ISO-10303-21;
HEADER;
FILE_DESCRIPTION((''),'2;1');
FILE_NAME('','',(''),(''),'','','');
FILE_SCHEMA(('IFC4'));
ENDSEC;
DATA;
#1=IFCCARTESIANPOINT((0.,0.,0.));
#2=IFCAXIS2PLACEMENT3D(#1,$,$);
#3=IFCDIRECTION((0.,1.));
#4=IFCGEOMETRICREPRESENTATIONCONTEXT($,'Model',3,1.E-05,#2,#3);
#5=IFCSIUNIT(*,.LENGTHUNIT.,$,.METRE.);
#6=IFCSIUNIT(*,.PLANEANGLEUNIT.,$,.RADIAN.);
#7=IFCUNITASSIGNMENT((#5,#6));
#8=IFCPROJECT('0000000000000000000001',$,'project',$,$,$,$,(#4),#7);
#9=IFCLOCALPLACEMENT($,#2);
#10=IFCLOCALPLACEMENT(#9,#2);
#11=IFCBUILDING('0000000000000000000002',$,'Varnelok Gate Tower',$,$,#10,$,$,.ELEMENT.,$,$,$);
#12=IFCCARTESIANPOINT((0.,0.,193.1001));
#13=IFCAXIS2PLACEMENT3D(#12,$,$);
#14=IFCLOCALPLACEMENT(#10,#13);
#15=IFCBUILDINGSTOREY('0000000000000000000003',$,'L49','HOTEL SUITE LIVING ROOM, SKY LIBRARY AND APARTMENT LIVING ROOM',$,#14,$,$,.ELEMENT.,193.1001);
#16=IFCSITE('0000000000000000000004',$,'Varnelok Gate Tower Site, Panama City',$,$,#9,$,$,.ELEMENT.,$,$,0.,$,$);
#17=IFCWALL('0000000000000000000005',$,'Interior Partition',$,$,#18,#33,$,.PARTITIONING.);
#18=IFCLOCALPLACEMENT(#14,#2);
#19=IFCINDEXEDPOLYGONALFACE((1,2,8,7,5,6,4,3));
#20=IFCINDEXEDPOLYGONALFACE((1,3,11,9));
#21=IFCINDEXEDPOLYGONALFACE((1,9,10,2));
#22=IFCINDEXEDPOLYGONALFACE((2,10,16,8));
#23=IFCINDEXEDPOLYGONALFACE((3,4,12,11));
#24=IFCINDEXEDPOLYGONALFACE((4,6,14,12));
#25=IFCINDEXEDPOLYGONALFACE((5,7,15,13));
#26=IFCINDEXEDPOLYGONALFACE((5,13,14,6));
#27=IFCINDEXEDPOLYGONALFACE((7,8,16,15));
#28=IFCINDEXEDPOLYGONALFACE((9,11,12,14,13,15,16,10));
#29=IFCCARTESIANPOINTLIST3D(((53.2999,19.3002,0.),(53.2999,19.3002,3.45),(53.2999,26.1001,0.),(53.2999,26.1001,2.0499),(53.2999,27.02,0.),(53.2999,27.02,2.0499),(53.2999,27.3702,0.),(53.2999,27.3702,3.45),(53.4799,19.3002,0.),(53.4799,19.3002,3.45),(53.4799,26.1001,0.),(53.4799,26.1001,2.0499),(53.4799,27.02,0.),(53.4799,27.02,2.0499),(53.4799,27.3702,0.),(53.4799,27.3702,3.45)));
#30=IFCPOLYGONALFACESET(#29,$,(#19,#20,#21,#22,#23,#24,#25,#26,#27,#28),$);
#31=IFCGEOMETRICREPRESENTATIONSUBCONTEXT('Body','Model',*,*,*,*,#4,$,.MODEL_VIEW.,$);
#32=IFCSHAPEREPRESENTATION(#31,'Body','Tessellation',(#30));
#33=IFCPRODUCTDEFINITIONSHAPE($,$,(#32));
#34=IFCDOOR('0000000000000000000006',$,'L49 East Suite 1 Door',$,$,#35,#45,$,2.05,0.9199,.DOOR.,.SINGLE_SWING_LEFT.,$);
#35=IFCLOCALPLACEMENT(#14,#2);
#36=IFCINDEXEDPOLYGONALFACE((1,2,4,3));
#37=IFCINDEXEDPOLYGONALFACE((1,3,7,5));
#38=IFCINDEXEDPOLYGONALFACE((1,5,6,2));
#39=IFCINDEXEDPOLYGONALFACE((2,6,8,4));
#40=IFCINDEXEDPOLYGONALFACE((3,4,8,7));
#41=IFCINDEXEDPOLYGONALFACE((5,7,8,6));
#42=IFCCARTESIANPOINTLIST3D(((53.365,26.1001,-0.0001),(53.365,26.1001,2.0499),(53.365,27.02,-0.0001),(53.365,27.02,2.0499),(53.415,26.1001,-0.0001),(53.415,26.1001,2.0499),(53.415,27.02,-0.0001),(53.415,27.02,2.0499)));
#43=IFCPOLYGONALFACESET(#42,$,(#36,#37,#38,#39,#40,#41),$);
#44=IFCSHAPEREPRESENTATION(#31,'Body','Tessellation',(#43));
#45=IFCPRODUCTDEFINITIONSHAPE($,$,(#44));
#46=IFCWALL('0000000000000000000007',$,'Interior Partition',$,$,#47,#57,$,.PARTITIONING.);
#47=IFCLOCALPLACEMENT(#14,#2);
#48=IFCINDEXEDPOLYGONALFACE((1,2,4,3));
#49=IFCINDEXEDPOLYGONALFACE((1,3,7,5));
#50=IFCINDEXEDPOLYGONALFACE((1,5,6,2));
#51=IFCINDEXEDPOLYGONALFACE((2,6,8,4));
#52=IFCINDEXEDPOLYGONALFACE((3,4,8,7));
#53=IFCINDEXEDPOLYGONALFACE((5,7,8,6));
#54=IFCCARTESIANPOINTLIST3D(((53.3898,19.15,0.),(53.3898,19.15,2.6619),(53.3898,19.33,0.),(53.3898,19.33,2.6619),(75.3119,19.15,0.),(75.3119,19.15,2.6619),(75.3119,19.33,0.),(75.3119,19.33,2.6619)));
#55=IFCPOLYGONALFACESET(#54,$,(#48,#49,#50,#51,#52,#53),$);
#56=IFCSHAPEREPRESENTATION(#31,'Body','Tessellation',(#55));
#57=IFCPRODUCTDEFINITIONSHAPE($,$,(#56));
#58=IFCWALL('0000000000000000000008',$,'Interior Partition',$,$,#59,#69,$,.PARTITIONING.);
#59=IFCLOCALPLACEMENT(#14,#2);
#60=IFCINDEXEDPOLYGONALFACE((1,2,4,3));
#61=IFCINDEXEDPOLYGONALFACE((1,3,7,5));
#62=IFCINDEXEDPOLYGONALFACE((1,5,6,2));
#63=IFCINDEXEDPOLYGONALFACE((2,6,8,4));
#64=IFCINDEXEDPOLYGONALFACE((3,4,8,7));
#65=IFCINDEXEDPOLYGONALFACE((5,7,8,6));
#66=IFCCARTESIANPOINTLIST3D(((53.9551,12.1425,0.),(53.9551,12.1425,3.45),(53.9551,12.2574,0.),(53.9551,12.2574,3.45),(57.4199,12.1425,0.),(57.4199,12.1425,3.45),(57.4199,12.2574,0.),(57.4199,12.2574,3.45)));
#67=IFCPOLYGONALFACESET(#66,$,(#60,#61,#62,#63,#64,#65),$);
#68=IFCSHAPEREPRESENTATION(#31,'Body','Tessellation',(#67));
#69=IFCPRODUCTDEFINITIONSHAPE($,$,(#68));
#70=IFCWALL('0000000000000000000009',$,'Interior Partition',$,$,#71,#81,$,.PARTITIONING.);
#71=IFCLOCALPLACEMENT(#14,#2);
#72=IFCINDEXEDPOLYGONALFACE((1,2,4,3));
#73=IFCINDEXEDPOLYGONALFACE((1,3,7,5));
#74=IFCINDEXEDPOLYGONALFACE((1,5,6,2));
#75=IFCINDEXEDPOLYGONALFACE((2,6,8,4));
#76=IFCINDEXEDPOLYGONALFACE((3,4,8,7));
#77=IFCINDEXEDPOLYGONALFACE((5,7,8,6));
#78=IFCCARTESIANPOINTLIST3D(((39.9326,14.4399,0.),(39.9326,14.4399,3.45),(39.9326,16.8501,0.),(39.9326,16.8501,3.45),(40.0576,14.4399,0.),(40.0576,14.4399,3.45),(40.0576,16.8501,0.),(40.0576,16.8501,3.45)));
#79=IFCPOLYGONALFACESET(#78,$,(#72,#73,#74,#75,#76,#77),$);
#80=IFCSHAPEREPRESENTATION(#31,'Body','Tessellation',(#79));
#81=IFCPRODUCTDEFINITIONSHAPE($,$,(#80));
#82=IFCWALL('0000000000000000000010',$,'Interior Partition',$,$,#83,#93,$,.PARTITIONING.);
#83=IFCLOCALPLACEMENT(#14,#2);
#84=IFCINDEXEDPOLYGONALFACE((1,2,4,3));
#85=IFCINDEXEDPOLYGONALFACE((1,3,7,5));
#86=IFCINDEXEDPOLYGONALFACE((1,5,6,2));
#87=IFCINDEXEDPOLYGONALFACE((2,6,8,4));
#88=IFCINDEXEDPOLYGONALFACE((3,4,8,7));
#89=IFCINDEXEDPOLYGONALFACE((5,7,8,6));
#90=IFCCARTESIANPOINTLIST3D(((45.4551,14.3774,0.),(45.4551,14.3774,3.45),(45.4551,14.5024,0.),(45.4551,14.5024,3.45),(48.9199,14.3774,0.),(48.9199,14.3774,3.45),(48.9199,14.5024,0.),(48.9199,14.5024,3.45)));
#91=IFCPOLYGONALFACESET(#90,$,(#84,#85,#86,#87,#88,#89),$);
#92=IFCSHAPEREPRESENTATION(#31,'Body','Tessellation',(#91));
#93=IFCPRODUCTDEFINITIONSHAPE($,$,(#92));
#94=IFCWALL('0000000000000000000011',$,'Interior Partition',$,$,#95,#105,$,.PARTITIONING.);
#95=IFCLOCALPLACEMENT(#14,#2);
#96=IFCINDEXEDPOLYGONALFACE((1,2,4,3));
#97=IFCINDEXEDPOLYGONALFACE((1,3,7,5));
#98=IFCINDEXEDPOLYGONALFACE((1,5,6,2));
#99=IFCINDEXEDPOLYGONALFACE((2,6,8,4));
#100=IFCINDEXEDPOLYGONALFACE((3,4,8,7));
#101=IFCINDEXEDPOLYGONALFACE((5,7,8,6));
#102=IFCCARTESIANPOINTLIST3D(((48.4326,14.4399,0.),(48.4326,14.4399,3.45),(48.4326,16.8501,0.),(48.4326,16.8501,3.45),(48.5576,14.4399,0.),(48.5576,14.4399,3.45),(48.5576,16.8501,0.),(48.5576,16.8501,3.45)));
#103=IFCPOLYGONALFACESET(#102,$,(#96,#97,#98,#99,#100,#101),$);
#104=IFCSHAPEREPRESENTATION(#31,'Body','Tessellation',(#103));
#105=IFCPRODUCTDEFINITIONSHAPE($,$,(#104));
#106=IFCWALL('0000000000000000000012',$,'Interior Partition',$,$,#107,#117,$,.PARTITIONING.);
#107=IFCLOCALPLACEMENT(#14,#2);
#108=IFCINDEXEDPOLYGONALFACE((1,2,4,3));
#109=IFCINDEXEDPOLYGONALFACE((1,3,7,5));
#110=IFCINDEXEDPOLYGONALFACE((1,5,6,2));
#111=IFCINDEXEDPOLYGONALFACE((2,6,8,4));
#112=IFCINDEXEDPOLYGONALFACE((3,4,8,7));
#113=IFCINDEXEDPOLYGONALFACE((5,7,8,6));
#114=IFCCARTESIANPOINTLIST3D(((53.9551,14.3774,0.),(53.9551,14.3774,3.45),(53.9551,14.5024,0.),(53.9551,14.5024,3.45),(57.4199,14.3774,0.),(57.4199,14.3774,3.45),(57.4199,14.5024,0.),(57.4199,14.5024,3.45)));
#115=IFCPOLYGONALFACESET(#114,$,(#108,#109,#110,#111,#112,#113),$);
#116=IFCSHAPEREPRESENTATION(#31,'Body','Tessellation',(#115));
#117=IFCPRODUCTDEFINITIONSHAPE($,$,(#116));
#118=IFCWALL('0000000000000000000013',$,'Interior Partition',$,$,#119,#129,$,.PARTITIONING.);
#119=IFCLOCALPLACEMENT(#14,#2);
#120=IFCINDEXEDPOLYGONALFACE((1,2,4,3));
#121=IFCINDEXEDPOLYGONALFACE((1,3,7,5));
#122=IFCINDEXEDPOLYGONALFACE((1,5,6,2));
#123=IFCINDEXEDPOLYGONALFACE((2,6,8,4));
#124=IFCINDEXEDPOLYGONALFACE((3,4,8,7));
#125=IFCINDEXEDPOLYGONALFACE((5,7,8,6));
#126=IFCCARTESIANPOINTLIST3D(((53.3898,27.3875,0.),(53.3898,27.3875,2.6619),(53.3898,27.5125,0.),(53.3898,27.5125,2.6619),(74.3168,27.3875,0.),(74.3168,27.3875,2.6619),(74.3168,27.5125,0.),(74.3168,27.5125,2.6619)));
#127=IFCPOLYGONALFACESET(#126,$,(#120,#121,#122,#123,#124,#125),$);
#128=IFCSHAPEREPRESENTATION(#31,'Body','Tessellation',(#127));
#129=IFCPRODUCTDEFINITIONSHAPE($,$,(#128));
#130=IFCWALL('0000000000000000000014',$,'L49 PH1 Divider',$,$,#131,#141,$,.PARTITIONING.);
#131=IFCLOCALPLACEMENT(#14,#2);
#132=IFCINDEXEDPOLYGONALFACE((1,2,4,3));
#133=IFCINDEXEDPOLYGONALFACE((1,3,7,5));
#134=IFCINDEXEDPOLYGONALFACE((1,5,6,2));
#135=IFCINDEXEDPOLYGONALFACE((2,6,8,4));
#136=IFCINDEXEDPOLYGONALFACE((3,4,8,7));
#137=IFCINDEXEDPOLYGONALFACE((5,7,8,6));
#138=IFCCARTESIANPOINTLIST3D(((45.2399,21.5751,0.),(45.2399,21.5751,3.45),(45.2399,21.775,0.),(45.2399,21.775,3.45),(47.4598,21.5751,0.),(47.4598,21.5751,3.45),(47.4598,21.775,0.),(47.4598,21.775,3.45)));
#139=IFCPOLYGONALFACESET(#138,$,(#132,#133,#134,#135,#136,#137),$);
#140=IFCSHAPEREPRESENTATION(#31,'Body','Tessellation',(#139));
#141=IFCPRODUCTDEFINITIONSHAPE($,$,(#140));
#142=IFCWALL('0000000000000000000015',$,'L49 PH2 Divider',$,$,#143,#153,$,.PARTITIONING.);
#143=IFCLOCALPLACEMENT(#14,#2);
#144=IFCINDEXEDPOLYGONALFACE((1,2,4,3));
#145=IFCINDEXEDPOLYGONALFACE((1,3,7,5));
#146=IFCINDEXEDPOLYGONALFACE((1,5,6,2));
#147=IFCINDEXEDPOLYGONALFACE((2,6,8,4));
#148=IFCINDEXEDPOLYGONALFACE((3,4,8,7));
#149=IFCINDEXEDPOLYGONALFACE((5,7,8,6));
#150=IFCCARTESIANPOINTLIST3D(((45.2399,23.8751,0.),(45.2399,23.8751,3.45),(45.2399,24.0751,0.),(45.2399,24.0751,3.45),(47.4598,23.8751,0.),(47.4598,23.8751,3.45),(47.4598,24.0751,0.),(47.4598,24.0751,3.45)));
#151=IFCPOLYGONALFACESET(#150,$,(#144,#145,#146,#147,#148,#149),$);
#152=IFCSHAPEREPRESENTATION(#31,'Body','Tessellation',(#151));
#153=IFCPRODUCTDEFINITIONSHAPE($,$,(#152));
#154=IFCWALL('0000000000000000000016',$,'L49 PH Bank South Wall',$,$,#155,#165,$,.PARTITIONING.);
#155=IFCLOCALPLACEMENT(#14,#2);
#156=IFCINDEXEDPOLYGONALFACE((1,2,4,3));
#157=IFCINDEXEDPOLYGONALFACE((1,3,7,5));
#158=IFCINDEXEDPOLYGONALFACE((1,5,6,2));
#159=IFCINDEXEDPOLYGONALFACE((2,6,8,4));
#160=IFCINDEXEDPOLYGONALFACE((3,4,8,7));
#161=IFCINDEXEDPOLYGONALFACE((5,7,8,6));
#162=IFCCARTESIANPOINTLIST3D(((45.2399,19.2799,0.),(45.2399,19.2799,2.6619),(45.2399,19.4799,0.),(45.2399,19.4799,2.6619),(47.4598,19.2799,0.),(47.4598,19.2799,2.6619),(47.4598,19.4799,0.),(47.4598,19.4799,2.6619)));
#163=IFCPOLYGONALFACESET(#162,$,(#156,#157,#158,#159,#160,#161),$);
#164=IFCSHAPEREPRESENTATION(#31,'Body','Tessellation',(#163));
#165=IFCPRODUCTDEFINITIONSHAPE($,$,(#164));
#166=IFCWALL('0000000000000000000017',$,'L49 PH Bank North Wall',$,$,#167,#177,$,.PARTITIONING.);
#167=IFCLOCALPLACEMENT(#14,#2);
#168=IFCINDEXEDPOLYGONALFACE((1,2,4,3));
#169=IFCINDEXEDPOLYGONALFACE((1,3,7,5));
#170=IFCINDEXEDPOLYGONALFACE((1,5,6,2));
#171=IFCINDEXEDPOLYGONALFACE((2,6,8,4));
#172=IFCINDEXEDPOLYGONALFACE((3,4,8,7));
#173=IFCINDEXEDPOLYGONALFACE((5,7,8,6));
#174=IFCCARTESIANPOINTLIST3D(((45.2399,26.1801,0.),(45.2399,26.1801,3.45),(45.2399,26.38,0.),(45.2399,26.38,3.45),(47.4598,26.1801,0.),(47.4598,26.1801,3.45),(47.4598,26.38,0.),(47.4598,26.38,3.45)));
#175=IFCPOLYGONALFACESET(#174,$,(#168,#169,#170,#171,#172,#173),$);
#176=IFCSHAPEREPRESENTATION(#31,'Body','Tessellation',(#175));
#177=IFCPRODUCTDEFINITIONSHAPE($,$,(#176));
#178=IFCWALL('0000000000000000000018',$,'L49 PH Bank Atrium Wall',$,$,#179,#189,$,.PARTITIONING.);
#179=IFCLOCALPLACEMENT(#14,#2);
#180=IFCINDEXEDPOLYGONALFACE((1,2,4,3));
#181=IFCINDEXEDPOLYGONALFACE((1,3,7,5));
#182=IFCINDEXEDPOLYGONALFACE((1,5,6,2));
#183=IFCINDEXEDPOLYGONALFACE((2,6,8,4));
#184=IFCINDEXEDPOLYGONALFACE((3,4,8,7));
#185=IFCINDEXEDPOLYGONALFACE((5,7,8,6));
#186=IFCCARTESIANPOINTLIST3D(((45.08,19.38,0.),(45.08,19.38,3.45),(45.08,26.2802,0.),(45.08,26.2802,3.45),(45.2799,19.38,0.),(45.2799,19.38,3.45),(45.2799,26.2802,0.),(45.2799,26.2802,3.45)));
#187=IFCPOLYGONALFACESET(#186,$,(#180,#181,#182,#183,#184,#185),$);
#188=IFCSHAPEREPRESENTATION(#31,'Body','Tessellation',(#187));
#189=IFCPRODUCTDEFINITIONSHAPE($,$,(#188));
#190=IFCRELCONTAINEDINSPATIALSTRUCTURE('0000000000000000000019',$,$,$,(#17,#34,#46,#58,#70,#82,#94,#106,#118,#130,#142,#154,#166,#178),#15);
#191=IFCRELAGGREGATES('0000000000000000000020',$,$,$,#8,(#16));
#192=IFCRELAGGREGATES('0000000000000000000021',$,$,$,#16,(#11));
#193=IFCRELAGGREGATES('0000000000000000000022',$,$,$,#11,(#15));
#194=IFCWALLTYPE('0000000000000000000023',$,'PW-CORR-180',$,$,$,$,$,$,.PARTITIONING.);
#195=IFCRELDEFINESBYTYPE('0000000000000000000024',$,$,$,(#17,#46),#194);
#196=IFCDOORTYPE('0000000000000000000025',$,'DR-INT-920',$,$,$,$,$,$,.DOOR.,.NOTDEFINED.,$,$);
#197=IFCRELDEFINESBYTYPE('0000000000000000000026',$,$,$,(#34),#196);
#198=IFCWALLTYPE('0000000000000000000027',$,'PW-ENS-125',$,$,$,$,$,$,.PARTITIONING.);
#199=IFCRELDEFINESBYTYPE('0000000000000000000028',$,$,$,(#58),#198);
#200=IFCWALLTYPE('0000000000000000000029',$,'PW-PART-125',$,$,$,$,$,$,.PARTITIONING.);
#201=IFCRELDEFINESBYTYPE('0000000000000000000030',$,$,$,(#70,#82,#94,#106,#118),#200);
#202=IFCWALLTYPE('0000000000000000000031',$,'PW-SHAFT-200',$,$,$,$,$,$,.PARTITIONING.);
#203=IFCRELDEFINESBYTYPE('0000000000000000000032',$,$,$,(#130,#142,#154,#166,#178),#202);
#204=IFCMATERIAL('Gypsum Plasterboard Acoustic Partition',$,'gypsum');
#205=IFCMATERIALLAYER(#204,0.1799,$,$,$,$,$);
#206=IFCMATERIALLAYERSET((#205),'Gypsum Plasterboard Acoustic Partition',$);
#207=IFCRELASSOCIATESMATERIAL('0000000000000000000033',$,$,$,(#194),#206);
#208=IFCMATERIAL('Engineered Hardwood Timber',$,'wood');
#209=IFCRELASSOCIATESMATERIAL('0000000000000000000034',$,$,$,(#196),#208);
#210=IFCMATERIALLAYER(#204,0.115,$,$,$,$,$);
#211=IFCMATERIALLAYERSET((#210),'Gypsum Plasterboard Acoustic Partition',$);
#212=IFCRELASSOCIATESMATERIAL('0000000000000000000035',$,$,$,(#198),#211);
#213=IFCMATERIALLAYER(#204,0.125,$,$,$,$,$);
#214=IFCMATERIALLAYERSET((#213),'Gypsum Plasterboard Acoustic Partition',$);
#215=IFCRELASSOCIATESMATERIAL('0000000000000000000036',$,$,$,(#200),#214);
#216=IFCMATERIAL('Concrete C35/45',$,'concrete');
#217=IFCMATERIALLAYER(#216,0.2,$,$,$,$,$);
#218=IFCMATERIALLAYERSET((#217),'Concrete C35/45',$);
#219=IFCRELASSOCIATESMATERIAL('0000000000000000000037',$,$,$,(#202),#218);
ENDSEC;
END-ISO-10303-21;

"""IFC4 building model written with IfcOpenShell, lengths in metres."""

from ifc_helpers import new_model, si_unit, direction, frame, frame_2d, origin, place, context, subcontext, project, spatial, rectangle, extrude, material, layer, layer_set, type_object, element, fill, save


model = new_model("IFC4")

# Units and contexts
model_context = context("Model", 3, precision=1e-05, world=origin(), true_north=direction((0.0, 1.0)))
body_context = subcontext(model_context, "Body", "Model", "MODEL_VIEW")
ifc_project = project(units=[si_unit("LENGTHUNIT", "METRE"), si_unit("PLANEANGLEUNIT", "RADIAN")], contexts=[model_context])

# Site, building, storey
site_placement = place(None, origin())
site = spatial("IfcSite", under=ifc_project, at=site_placement, Name="Varnelok Gate Tower Site, Panama City", CompositionType="ELEMENT", RefElevation=0.0)
building_placement = place(site_placement, origin())
building = spatial("IfcBuilding", under=site, at=building_placement, Name="Varnelok Gate Tower", CompositionType="ELEMENT")
storey_placement = place(building_placement, frame((0.0, 0.0, 193.1001)))
storey = spatial("IfcBuildingStorey", under=building, at=storey_placement, Name="L49", Description="HOTEL SUITE LIVING ROOM, SKY LIBRARY AND APARTMENT LIVING ROOM", CompositionType="ELEMENT", Elevation=193.1001)

# Wall, opening, door
ifc_material_1 = material(Name="Gypsum Plasterboard Acoustic Partition", Category="gypsum")
ifc_layer_1 = layer(ifc_material_1, 0.1799)
ifc_layer_set_1 = layer_set([ifc_layer_1], Name="Gypsum Plasterboard Acoustic Partition")
wall_type_1 = type_object("IfcWallType", Name="PW-CORR-180", PredefinedType="PARTITIONING", material=ifc_layer_set_1)
ifc_material_2 = material(Name="Engineered Hardwood Timber", Category="wood")
wall_1_placement = place(storey_placement, frame((53.3899, 19.3, 0.0), z_axis=(0.0, 0.0, 1.0), x_axis=(0.0, 1.0, 0.0)))
wall_1 = element("IfcWall", 1, at=wall_1_placement, inside=storey, type_object=wall_type_1, Name="Interior Partition", PredefinedType="PARTITIONING", context=body_context, shape_type="SweptSolid", body=[
    extrude(rectangle(XDim=8.0701, YDim=0.1799, at=frame_2d((4.0352, 0.0))), origin(), (0.0, 0.0, 1.0), 3.45),
])
opening_1_placement = place(wall_1_placement, frame((6.8, 0.0, 0.0)))
opening_1 = element("IfcOpeningElement", 2, at=opening_1_placement, cuts=wall_1, PredefinedType="OPENING", context=body_context, shape_type="SweptSolid", body=[
    extrude(rectangle(XDim=0.9199, YDim=2.05, at=frame_2d((0.46, 1.0249))), frame((0.0, 0.0999, 0.0), z_axis=(0.0, -1.0, 0.0), x_axis=(1.0, 0.0, 0.0)), (0.0, 0.0, 1.0), 0.2),
])
door_type_1 = type_object("IfcDoorType", Name="DR-INT-920", OperationType="NOTDEFINED", PredefinedType="DOOR", material=ifc_material_2)
door_1_placement = place(opening_1_placement, origin())
door_1 = element("IfcDoor", 3, at=door_1_placement, inside=storey, type_object=door_type_1, Name="L49 East Suite 1 Door", OperationType="SINGLE_SWING_LEFT", OverallHeight=2.05, OverallWidth=0.9199, PredefinedType="DOOR", context=body_context, shape_type="SweptSolid", body=[
    extrude(rectangle(XDim=0.9199, YDim=2.05, at=frame_2d((0.46, 1.0249))), frame((0.0, 0.0249, 0.0), z_axis=(0.0, -1.0, 0.0), x_axis=(1.0, 0.0, 0.0)), (0.0, 0.0, 1.0), 0.05),
])
fill(opening_1, door_1)

# Walls
wall_2_placement = place(storey_placement, frame((53.3899, 19.24, 0.0), z_axis=(0.0, 0.0, 1.0), x_axis=(1.0, 0.0, 0.0)))
element("IfcWall", 4, at=wall_2_placement, inside=storey, type_object=wall_type_1, Name="Interior Partition", PredefinedType="PARTITIONING", context=body_context, shape_type="SweptSolid", body=[
    extrude(rectangle(XDim=21.9221, YDim=0.1799, at=frame_2d((10.9609, 0.0))), origin(), (0.0, 0.0, 1.0), 2.6619),
])
ifc_layer_2 = layer(ifc_material_1, 0.115)
ifc_layer_set_2 = layer_set([ifc_layer_2], Name="Gypsum Plasterboard Acoustic Partition")
wall_type_2 = type_object("IfcWallType", Name="PW-ENS-125", PredefinedType="PARTITIONING", material=ifc_layer_set_2)
wall_3_placement = place(storey_placement, frame((53.9551, 12.2, 0.0), z_axis=(0.0, 0.0, 1.0), x_axis=(1.0, 0.0, 0.0)))
element("IfcWall", 5, at=wall_3_placement, inside=storey, type_object=wall_type_2, Name="Interior Partition", PredefinedType="PARTITIONING", context=body_context, shape_type="SweptSolid", body=[
    extrude(rectangle(XDim=3.4648, YDim=0.115, at=frame_2d((1.7324, 0.0))), origin(), (0.0, 0.0, 1.0), 3.45),
])
ifc_layer_3 = layer(ifc_material_1, 0.125)
ifc_layer_set_3 = layer_set([ifc_layer_3], Name="Gypsum Plasterboard Acoustic Partition")
wall_type_3 = type_object("IfcWallType", Name="PW-PART-125", PredefinedType="PARTITIONING", material=ifc_layer_set_3)
wall_4_placement = place(storey_placement, frame((39.9951, 14.4399, 0.0), z_axis=(0.0, 0.0, 1.0), x_axis=(0.0, 1.0, 0.0)))
element("IfcWall", 6, at=wall_4_placement, inside=storey, type_object=wall_type_3, Name="Interior Partition", PredefinedType="PARTITIONING", context=body_context, shape_type="SweptSolid", body=[
    extrude(rectangle(XDim=2.4102, YDim=0.125, at=frame_2d((1.2051, 0.0))), origin(), (0.0, 0.0, 1.0), 3.45),
])
wall_5_placement = place(storey_placement, frame((45.4551, 14.4399, 0.0), z_axis=(0.0, 0.0, 1.0), x_axis=(1.0, 0.0, 0.0)))
element("IfcWall", 7, at=wall_5_placement, inside=storey, type_object=wall_type_3, Name="Interior Partition", PredefinedType="PARTITIONING", context=body_context, shape_type="SweptSolid", body=[
    extrude(rectangle(XDim=3.4648, YDim=0.125, at=frame_2d((1.7324, 0.0))), origin(), (0.0, 0.0, 1.0), 3.45),
])
wall_6_placement = place(storey_placement, frame((48.4951, 14.4399, 0.0), z_axis=(0.0, 0.0, 1.0), x_axis=(0.0, 1.0, 0.0)))
element("IfcWall", 8, at=wall_6_placement, inside=storey, type_object=wall_type_3, Name="Interior Partition", PredefinedType="PARTITIONING", context=body_context, shape_type="SweptSolid", body=[
    extrude(rectangle(XDim=2.4102, YDim=0.125, at=frame_2d((1.2051, 0.0))), origin(), (0.0, 0.0, 1.0), 3.45),
])
wall_7_placement = place(storey_placement, frame((53.9551, 14.4399, 0.0), z_axis=(0.0, 0.0, 1.0), x_axis=(1.0, 0.0, 0.0)))
element("IfcWall", 9, at=wall_7_placement, inside=storey, type_object=wall_type_3, Name="Interior Partition", PredefinedType="PARTITIONING", context=body_context, shape_type="SweptSolid", body=[
    extrude(rectangle(XDim=3.4648, YDim=0.125, at=frame_2d((1.7324, 0.0))), origin(), (0.0, 0.0, 1.0), 3.45),
])
wall_8_placement = place(storey_placement, frame((53.3899, 27.45, 0.0), z_axis=(0.0, 0.0, 1.0), x_axis=(1.0, 0.0, 0.0)))
element("IfcWall", 10, at=wall_8_placement, inside=storey, type_object=wall_type_3, Name="Interior Partition", PredefinedType="PARTITIONING", context=body_context, shape_type="SweptSolid", body=[
    extrude(rectangle(XDim=20.927, YDim=0.125, at=frame_2d((10.4634, 0.0))), origin(), (0.0, 0.0, 1.0), 2.6619),
])
ifc_material_3 = material(Name="Concrete C35/45", Category="concrete")
ifc_layer_4 = layer(ifc_material_3, 0.2)
ifc_layer_set_4 = layer_set([ifc_layer_4], Name="Concrete C35/45")
wall_type_4 = type_object("IfcWallType", Name="PW-SHAFT-200", PredefinedType="PARTITIONING", material=ifc_layer_set_4)
for number, where, z_axis, x_axis, name in (
    (11, (45.24, 21.675, 0.0), (0.0, 0.0, 1.0), (1.0, 0.0, 0.0), "L49 PH1 Divider"),
    (12, (45.24, 23.9751, 0.0), (0.0, 0.0, 1.0), (1.0, 0.0, 0.0), "L49 PH2 Divider"),
):
    element("IfcWall", number, at=place(storey_placement, frame(where, z_axis=z_axis, x_axis=x_axis)), inside=storey, type_object=wall_type_4, Name=name, PredefinedType="PARTITIONING", context=body_context, shape_type="SweptSolid", body=[
        extrude(rectangle(XDim=2.22, YDim=0.2, at=frame_2d((1.1099, 0.0))), origin(), (0.0, 0.0, 1.0), 3.45),
    ])
wall_9_placement = place(storey_placement, frame((45.24, 19.3799, 0.0), z_axis=(0.0, 0.0, 1.0), x_axis=(1.0, 0.0, 0.0)))
element("IfcWall", 13, at=wall_9_placement, inside=storey, type_object=wall_type_4, Name="L49 PH Bank South Wall", PredefinedType="PARTITIONING", context=body_context, shape_type="SweptSolid", body=[
    extrude(rectangle(XDim=2.22, YDim=0.2, at=frame_2d((1.1099, 0.0))), origin(), (0.0, 0.0, 1.0), 2.6619),
])
wall_10_placement = place(storey_placement, frame((45.24, 26.28, 0.0), z_axis=(0.0, 0.0, 1.0), x_axis=(1.0, 0.0, 0.0)))
element("IfcWall", 14, at=wall_10_placement, inside=storey, type_object=wall_type_4, Name="L49 PH Bank North Wall", PredefinedType="PARTITIONING", context=body_context, shape_type="SweptSolid", body=[
    extrude(rectangle(XDim=2.22, YDim=0.2, at=frame_2d((1.1099, 0.0))), origin(), (0.0, 0.0, 1.0), 3.45),
])
for number, where, z_axis, x_axis, name in (
    (15, (45.1799, 19.3799, 0.0), (0.0, 0.0, 1.0), (0.0, 1.0, 0.0), "L49 PH Bank Atrium Wall"),
):
    element("IfcWall", number, at=place(storey_placement, frame(where, z_axis=z_axis, x_axis=x_axis)), inside=storey, type_object=wall_type_4, Name=name, PredefinedType="PARTITIONING", context=body_context, shape_type="SweptSolid", body=[
        extrude(rectangle(XDim=6.9001, YDim=0.2, at=frame_2d((3.4502, 0.0))), origin(), (0.0, 0.0, 1.0), 3.45),
    ])

save(model, "model.ifc")
